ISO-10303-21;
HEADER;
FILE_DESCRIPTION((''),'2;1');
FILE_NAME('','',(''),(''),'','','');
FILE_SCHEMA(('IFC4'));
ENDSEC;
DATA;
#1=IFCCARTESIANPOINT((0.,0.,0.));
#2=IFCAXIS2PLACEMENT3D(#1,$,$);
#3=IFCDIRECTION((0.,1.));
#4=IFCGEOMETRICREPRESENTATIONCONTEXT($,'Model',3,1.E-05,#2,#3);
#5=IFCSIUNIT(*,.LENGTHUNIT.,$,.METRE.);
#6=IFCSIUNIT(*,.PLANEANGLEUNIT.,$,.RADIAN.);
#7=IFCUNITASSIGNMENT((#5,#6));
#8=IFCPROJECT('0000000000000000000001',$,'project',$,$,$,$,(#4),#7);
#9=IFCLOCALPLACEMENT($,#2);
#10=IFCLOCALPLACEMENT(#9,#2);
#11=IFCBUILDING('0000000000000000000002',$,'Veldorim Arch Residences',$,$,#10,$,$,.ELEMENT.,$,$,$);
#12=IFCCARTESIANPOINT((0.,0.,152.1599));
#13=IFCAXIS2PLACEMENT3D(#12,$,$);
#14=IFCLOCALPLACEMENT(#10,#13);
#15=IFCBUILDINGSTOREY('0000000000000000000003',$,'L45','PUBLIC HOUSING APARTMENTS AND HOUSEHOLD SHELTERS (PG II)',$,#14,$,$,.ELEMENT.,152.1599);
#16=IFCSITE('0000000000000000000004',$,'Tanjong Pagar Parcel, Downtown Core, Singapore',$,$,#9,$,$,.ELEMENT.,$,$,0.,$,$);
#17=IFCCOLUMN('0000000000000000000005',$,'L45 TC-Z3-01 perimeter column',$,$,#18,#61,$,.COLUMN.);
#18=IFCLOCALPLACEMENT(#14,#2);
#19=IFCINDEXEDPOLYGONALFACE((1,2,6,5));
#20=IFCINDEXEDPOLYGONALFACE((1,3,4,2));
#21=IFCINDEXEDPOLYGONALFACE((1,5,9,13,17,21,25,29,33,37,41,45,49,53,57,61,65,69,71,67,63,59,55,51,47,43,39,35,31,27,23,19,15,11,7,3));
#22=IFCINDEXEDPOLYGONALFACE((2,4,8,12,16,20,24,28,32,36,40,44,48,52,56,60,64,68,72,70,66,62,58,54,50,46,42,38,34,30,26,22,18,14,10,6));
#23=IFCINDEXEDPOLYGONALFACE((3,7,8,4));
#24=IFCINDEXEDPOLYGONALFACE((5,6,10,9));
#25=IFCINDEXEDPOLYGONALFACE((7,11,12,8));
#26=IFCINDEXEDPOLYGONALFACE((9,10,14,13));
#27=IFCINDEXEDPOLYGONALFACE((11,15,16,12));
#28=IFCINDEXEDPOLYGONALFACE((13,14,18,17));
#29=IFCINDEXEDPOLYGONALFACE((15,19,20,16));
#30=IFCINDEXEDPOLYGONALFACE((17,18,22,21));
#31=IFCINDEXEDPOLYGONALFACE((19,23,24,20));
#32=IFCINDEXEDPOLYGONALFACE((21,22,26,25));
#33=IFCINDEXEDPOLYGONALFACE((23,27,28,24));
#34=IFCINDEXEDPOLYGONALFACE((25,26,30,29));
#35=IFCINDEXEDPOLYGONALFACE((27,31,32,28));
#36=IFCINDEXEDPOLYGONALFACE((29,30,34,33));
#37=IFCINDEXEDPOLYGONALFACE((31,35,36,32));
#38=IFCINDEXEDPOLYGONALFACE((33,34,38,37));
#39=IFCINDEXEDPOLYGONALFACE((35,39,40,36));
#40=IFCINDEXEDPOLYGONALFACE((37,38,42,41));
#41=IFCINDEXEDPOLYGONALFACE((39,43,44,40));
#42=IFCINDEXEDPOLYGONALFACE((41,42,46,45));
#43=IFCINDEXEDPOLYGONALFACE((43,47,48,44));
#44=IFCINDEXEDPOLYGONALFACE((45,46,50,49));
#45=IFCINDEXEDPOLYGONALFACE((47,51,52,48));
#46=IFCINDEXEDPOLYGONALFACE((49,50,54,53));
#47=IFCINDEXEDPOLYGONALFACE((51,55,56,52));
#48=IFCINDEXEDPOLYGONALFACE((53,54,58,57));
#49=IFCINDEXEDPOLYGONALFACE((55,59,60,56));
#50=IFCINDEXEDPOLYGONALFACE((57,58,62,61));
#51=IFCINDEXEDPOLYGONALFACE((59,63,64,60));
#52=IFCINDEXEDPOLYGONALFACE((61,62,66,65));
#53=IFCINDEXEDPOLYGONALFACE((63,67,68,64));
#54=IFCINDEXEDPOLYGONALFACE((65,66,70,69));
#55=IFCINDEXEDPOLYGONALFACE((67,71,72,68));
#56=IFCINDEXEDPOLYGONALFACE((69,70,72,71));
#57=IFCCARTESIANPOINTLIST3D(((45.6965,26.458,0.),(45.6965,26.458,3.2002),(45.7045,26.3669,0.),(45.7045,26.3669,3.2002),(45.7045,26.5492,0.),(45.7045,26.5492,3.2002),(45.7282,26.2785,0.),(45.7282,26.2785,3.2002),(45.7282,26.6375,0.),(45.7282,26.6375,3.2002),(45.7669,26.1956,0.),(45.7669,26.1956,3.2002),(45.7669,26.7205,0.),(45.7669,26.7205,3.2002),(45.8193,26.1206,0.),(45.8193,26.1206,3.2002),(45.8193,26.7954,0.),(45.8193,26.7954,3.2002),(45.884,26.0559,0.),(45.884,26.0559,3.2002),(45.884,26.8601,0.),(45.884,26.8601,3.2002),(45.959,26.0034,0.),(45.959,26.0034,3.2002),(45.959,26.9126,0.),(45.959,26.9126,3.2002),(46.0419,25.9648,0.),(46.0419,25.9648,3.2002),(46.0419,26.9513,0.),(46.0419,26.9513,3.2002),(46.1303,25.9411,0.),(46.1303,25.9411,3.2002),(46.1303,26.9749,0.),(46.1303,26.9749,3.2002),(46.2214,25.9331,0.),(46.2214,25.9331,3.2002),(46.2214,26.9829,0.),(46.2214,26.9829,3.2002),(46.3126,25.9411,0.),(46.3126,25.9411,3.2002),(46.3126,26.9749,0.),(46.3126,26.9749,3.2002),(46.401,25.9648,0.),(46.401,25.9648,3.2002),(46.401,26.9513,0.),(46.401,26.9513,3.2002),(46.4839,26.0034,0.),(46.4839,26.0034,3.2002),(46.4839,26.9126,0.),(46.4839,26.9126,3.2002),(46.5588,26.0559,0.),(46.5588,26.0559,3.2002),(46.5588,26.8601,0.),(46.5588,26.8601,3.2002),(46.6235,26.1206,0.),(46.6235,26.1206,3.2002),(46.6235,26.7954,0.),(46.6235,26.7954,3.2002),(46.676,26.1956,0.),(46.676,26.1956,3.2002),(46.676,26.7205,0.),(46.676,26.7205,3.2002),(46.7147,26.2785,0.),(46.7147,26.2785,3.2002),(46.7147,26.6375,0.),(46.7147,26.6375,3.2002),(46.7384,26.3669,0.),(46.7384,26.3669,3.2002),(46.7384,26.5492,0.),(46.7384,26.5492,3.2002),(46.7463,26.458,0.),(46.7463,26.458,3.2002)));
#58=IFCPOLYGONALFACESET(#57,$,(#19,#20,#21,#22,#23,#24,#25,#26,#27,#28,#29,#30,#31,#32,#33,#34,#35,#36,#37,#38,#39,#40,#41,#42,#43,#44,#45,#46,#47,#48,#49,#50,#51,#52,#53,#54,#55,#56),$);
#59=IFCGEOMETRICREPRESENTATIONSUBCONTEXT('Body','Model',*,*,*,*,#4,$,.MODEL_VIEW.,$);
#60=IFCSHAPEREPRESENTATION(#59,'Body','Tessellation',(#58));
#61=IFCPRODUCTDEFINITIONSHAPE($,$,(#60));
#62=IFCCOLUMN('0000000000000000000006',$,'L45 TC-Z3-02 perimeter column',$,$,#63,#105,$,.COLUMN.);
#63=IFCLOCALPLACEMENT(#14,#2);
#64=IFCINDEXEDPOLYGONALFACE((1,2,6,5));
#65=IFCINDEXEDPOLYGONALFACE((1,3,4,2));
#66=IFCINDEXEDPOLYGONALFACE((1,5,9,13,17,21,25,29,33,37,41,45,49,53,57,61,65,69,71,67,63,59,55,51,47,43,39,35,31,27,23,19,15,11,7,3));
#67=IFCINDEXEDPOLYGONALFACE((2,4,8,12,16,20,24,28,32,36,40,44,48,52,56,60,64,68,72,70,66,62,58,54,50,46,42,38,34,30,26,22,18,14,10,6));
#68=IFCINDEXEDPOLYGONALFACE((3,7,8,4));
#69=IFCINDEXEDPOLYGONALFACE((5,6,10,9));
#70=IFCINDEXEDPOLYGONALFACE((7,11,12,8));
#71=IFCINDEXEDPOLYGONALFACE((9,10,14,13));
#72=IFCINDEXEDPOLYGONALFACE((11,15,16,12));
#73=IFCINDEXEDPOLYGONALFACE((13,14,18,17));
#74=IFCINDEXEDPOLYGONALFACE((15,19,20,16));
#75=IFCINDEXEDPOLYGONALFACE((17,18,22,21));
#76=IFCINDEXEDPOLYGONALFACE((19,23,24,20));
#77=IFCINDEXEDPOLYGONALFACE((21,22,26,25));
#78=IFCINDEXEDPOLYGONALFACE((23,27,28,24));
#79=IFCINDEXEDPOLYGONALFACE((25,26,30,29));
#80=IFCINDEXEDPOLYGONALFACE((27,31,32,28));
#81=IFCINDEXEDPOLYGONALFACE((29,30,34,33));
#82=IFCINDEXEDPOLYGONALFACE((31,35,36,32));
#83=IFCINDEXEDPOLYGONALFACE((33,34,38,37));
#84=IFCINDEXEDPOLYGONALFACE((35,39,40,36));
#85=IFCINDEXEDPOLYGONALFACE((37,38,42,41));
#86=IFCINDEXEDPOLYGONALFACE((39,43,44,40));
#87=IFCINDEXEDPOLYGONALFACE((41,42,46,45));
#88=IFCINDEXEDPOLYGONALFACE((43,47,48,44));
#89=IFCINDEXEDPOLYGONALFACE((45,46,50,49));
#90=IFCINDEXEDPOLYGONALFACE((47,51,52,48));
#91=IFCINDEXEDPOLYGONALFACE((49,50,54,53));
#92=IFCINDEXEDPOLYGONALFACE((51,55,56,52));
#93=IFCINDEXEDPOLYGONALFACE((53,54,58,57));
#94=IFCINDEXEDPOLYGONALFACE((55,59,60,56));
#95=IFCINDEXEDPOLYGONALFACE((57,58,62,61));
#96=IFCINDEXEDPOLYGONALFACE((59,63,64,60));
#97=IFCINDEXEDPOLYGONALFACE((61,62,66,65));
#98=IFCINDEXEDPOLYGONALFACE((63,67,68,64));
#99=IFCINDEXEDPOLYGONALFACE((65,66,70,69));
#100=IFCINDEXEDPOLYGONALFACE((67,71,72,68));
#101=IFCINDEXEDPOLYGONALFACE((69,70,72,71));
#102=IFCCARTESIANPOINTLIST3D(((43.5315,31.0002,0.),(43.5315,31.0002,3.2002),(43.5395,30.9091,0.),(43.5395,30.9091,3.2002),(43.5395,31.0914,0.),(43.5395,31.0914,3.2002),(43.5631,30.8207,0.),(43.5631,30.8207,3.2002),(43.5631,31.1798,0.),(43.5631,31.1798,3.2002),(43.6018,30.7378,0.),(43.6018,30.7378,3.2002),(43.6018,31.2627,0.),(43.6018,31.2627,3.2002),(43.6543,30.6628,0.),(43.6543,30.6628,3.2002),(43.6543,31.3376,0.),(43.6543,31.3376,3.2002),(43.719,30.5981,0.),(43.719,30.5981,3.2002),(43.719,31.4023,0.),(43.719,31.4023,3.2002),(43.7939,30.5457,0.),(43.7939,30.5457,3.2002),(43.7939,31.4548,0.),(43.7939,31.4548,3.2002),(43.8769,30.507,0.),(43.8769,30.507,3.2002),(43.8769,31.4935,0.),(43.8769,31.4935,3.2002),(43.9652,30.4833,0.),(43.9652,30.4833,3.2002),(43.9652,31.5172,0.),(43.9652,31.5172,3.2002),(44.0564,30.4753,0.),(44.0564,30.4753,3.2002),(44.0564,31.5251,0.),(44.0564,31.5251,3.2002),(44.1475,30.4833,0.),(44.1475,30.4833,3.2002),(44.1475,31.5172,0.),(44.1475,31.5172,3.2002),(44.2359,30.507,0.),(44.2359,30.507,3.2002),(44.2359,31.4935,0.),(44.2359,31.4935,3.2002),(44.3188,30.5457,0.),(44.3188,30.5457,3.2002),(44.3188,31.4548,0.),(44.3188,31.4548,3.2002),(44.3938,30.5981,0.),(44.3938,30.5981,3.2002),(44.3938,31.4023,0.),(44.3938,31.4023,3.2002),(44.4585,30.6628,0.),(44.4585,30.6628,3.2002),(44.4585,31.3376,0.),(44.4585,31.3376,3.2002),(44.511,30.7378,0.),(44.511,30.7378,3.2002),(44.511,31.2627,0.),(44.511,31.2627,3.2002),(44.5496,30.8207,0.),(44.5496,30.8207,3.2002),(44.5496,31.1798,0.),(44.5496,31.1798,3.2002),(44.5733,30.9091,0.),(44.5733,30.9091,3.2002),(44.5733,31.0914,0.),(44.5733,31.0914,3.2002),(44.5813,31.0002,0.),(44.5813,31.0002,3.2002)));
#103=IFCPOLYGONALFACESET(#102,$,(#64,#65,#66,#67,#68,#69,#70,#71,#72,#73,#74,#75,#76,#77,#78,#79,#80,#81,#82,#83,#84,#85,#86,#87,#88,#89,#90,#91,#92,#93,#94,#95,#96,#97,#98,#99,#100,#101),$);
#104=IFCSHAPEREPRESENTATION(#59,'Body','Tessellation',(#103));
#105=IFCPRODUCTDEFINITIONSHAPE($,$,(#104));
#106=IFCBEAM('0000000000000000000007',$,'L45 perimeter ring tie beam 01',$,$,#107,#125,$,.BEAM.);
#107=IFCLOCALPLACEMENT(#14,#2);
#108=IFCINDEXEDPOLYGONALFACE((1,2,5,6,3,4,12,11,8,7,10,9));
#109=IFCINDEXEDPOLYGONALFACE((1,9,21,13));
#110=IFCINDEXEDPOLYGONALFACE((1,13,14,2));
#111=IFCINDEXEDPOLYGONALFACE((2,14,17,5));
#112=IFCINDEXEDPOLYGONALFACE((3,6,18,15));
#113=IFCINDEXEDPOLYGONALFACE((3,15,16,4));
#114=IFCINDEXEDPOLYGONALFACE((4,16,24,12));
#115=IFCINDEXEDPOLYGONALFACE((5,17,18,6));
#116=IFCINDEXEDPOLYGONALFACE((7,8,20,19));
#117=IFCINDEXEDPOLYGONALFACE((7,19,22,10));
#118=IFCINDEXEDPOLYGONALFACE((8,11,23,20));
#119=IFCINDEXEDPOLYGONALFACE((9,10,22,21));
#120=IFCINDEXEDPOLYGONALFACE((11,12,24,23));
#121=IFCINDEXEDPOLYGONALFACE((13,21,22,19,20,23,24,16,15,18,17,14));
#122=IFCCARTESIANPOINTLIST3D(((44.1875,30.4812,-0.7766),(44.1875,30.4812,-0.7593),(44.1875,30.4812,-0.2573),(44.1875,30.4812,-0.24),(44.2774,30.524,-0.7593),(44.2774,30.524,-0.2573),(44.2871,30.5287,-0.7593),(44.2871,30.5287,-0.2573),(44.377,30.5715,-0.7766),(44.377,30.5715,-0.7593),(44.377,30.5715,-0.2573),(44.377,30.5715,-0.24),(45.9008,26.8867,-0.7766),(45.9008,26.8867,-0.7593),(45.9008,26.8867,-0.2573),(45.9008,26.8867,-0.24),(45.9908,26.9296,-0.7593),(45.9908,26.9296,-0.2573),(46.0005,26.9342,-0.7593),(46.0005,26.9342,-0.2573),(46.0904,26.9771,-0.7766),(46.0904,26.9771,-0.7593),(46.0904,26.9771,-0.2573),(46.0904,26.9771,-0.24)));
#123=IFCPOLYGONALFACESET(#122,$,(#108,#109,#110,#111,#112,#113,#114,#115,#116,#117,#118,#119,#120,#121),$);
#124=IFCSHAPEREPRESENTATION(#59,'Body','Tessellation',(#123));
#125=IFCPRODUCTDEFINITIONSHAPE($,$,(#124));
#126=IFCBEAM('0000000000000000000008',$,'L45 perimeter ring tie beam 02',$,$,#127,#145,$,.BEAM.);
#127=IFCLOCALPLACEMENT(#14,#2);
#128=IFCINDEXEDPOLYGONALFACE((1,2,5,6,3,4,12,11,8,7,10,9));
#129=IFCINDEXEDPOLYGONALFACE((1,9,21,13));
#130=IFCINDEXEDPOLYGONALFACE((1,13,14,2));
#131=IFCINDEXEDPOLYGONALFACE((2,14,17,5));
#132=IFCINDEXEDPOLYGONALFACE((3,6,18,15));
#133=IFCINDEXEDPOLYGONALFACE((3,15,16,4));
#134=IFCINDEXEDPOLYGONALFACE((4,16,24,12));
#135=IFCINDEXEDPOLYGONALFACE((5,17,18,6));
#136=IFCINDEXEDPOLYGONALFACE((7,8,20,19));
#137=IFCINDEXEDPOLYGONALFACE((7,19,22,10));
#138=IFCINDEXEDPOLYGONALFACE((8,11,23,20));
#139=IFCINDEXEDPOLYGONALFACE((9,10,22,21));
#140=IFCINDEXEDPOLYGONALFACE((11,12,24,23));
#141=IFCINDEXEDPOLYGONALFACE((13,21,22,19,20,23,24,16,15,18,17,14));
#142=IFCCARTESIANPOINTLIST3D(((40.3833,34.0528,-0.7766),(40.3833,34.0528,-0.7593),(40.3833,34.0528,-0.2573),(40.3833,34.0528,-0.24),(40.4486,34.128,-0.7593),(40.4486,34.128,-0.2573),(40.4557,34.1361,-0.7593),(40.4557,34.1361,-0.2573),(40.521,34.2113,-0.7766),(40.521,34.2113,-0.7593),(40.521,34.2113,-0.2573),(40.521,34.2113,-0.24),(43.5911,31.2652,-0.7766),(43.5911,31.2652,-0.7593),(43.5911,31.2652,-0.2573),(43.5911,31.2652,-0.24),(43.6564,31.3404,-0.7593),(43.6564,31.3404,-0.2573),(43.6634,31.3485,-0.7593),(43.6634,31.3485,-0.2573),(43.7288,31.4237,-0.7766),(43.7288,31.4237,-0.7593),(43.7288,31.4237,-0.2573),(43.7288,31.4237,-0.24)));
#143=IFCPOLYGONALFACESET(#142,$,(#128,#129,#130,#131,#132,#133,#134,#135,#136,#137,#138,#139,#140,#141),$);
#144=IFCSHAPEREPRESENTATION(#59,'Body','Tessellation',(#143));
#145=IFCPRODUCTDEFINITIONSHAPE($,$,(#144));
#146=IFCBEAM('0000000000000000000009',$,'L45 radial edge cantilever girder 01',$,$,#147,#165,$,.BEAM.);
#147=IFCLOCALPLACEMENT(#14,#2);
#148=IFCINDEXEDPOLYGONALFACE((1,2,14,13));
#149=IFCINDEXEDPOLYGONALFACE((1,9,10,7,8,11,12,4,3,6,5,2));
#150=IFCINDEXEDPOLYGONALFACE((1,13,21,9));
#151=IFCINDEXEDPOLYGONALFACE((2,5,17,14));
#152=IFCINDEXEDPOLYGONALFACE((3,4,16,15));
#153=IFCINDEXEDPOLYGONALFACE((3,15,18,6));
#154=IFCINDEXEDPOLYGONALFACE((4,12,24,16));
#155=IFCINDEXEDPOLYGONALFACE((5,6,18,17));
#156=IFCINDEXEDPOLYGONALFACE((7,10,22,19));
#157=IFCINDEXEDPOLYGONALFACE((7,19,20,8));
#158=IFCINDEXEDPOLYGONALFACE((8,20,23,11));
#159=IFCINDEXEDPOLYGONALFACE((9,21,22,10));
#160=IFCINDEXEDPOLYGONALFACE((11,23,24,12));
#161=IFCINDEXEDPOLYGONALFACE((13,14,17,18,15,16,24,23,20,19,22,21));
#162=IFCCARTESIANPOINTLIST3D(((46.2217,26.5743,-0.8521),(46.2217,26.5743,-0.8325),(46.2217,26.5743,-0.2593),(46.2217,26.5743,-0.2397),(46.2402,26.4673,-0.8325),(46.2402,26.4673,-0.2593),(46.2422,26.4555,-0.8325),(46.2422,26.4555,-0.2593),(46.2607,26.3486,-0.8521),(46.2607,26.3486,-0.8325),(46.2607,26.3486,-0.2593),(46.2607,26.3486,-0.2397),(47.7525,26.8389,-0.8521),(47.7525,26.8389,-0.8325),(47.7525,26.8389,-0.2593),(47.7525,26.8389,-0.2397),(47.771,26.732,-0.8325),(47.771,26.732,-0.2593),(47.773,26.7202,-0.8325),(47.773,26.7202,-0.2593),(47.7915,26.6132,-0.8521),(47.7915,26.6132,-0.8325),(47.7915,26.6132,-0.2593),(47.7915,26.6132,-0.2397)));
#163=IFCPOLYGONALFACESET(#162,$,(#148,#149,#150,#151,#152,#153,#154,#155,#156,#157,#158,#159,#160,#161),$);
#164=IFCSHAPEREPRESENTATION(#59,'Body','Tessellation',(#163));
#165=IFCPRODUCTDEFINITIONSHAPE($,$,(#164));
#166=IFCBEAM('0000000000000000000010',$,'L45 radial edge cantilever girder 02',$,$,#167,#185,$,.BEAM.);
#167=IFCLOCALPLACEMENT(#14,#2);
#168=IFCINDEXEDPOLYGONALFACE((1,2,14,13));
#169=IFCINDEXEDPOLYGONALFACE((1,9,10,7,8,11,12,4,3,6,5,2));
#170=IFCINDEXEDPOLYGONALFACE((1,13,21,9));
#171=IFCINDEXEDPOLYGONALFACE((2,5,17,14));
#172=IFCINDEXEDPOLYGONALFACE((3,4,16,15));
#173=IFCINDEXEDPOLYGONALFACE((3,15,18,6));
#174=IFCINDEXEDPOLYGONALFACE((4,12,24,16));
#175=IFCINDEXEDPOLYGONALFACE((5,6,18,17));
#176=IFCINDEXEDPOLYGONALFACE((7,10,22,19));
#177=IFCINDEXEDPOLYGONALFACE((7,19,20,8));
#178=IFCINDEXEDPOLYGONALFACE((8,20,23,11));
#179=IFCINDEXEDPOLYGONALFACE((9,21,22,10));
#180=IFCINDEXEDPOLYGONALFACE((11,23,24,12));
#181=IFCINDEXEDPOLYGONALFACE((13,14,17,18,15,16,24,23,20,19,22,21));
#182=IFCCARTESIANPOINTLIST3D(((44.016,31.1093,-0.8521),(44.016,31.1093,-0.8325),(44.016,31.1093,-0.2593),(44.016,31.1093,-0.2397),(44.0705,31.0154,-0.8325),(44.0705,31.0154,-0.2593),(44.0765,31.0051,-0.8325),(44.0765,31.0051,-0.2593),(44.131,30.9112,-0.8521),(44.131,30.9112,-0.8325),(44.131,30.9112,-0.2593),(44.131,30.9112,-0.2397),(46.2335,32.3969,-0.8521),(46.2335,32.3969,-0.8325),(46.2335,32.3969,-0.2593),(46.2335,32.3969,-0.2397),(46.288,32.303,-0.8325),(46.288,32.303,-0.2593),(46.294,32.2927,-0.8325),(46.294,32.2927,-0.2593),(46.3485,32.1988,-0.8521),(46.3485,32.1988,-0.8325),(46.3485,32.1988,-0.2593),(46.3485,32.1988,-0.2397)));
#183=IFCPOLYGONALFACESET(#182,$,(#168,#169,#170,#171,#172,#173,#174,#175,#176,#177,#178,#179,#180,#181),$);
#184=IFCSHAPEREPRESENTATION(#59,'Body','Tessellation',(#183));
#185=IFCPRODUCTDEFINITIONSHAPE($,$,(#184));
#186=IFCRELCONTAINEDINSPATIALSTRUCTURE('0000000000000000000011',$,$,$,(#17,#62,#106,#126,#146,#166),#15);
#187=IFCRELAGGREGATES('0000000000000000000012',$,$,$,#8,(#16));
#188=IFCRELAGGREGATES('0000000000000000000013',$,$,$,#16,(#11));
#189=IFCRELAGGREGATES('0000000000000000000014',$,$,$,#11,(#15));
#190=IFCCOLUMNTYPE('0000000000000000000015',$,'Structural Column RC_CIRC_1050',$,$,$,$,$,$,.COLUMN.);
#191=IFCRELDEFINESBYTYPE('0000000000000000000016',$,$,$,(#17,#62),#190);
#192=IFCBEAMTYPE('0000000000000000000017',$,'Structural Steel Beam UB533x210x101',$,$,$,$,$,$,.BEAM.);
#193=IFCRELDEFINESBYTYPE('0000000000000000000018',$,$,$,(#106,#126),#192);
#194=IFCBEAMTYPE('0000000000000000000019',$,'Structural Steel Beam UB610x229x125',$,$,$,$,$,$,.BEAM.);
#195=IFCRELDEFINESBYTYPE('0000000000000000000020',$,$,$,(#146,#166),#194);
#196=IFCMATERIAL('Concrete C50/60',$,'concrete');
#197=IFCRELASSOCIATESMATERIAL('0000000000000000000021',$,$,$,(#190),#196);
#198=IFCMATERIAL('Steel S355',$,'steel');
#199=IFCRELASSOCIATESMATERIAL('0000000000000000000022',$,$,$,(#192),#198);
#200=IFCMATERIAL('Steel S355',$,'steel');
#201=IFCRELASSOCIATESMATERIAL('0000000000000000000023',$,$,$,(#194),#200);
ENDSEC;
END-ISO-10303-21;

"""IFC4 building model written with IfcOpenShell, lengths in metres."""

from ifc_helpers import new_model, si_unit, direction, frame, origin, origin_2d, place, context, subcontext, project, spatial, circle, i_section, extrude, material, material_profile, profile_set, type_object, element, save


model = new_model("IFC4")

# Units and contexts
model_context = context("Model", 3, precision=1e-05, world=origin(), true_north=direction((0.0, 1.0)))
body_context = subcontext(model_context, "Body", "Model", "MODEL_VIEW")
ifc_project = project(units=[si_unit("LENGTHUNIT", "METRE"), si_unit("PLANEANGLEUNIT", "RADIAN")], contexts=[model_context])

# Site, building, storey
site_placement = place(None, origin())
site = spatial("IfcSite", under=ifc_project, at=site_placement, Name="Tanjong Pagar Parcel, Downtown Core, Singapore", CompositionType="ELEMENT", RefElevation=0.0)
building_placement = place(site_placement, origin())
building = spatial("IfcBuilding", under=site, at=building_placement, Name="Veldorim Arch Residences", CompositionType="ELEMENT")
storey_placement = place(building_placement, frame((0.0, 0.0, 152.1599)))
storey = spatial("IfcBuildingStorey", under=building, at=storey_placement, Name="L45", Description="PUBLIC HOUSING APARTMENTS AND HOUSEHOLD SHELTERS (PG II)", CompositionType="ELEMENT", Elevation=152.1599)

# Columns
ifc_material_1 = material(Name="Concrete C50/60", Category="concrete")
ifc_material_profile_1 = material_profile(ifc_material_1, circle(Radius=0.5249, at=origin_2d()), Name="RC_CIRC_1050")
ifc_profile_set_1 = profile_set([ifc_material_profile_1], Name="Concrete C50/60")
column_type = type_object("IfcColumnType", Name="Structural Column RC_CIRC_1050", PredefinedType="COLUMN", material=ifc_profile_set_1)
for number, where, z_axis, x_axis, name in (
    (1, (46.2214, 26.458, 0.0), (0.0, 0.0, 1.0), (1.0, 0.0, 0.0), "L45 TC-Z3-01 perimeter column"),
    (2, (44.0564, 31.0002, 0.0), (0.0, 0.0, 1.0), (1.0, 0.0, 0.0), "L45 TC-Z3-02 perimeter column"),
):
    element("IfcColumn", number, at=place(storey_placement, frame(where, z_axis=z_axis, x_axis=x_axis)), inside=storey, type_object=column_type, Name=name, PredefinedType="COLUMN", context=body_context, shape_type="SweptSolid", body=[
        extrude(circle(Radius=0.5249, at=origin_2d()), origin(), (0.0, 0.0, 1.0), 3.2002),
    ])

# Beams
ifc_material_2 = material(Name="Steel S355", Category="steel")
ifc_material_profile_2 = material_profile(ifc_material_2, i_section(OverallWidth=0.21, OverallDepth=0.5366, WebThickness=0.0107, FlangeThickness=0.0173, at=origin_2d()), Name="UB533x210x101")
ifc_profile_set_2 = profile_set([ifc_material_profile_2], Name="Steel S355")
beam_type_1 = type_object("IfcBeamType", Name="Structural Steel Beam UB533x210x101", PredefinedType="BEAM", material=ifc_profile_set_2)
beam_1_placement = place(storey_placement, frame((45.9956, 26.9319, -0.5083), z_axis=(-0.430286, 0.902693, 0.0), x_axis=(-0.902693, -0.430286, 0.0)))
element("IfcBeam", 3, at=beam_1_placement, inside=storey, type_object=beam_type_1, Name="L45 perimeter ring tie beam 01", PredefinedType="BEAM", context=body_context, shape_type="SweptSolid", body=[
    extrude(i_section(OverallWidth=0.21, OverallDepth=0.5366, WebThickness=0.0107, FlangeThickness=0.0173, at=origin_2d()), origin(), (0.0, 0.0, 1.0), 3.9819),
])
beam_2_placement = place(storey_placement, frame((43.6599, 31.3445, -0.5083), z_axis=(-0.754811, 0.655943, 0.0), x_axis=(-0.655943, -0.754811, 0.0)))
element("IfcBeam", 4, at=beam_2_placement, inside=storey, type_object=beam_type_1, Name="L45 perimeter ring tie beam 02", PredefinedType="BEAM", context=body_context, shape_type="SweptSolid", body=[
    extrude(i_section(OverallWidth=0.21, OverallDepth=0.5366, WebThickness=0.0107, FlangeThickness=0.0173, at=origin_2d()), origin(), (0.0, 0.0, 1.0), 4.2498),
])
ifc_material_3 = material(Name="Steel S355", Category="steel")
ifc_material_profile_3 = material_profile(ifc_material_3, i_section(OverallWidth=0.229, OverallDepth=0.6123, WebThickness=0.012, FlangeThickness=0.0195, at=origin_2d()), Name="UB610x229x125")
ifc_profile_set_3 = profile_set([ifc_material_profile_3], Name="Steel S355")
beam_type_2 = type_object("IfcBeamType", Name="Structural Steel Beam UB610x229x125", PredefinedType="BEAM", material=ifc_profile_set_3)
beam_3_placement = place(storey_placement, frame((46.2412, 26.4614, -0.5459), z_axis=(0.985382, 0.170359, 0.0), x_axis=(-0.170359, 0.985382, 0.0)))
element("IfcBeam", 5, at=beam_3_placement, inside=storey, type_object=beam_type_2, Name="L45 radial edge cantilever girder 01", PredefinedType="BEAM", context=body_context, shape_type="SweptSolid", body=[
    extrude(i_section(OverallWidth=0.229, OverallDepth=0.6123, WebThickness=0.012, FlangeThickness=0.0195, at=origin_2d()), origin(), (0.0, 0.0, 1.0), 1.5535),
])
beam_4_placement = place(storey_placement, frame((44.0735, 31.0103, -0.5459), z_axis=(0.864789, 0.502136, 0.0), x_axis=(-0.502136, 0.864789, 0.0)))
element("IfcBeam", 6, at=beam_4_placement, inside=storey, type_object=beam_type_2, Name="L45 radial edge cantilever girder 02", PredefinedType="BEAM", context=body_context, shape_type="SweptSolid", body=[
    extrude(i_section(OverallWidth=0.229, OverallDepth=0.6123, WebThickness=0.012, FlangeThickness=0.0195, at=origin_2d()), origin(), (0.0, 0.0, 1.0), 2.5642),
])

save(model, "model.ifc")
